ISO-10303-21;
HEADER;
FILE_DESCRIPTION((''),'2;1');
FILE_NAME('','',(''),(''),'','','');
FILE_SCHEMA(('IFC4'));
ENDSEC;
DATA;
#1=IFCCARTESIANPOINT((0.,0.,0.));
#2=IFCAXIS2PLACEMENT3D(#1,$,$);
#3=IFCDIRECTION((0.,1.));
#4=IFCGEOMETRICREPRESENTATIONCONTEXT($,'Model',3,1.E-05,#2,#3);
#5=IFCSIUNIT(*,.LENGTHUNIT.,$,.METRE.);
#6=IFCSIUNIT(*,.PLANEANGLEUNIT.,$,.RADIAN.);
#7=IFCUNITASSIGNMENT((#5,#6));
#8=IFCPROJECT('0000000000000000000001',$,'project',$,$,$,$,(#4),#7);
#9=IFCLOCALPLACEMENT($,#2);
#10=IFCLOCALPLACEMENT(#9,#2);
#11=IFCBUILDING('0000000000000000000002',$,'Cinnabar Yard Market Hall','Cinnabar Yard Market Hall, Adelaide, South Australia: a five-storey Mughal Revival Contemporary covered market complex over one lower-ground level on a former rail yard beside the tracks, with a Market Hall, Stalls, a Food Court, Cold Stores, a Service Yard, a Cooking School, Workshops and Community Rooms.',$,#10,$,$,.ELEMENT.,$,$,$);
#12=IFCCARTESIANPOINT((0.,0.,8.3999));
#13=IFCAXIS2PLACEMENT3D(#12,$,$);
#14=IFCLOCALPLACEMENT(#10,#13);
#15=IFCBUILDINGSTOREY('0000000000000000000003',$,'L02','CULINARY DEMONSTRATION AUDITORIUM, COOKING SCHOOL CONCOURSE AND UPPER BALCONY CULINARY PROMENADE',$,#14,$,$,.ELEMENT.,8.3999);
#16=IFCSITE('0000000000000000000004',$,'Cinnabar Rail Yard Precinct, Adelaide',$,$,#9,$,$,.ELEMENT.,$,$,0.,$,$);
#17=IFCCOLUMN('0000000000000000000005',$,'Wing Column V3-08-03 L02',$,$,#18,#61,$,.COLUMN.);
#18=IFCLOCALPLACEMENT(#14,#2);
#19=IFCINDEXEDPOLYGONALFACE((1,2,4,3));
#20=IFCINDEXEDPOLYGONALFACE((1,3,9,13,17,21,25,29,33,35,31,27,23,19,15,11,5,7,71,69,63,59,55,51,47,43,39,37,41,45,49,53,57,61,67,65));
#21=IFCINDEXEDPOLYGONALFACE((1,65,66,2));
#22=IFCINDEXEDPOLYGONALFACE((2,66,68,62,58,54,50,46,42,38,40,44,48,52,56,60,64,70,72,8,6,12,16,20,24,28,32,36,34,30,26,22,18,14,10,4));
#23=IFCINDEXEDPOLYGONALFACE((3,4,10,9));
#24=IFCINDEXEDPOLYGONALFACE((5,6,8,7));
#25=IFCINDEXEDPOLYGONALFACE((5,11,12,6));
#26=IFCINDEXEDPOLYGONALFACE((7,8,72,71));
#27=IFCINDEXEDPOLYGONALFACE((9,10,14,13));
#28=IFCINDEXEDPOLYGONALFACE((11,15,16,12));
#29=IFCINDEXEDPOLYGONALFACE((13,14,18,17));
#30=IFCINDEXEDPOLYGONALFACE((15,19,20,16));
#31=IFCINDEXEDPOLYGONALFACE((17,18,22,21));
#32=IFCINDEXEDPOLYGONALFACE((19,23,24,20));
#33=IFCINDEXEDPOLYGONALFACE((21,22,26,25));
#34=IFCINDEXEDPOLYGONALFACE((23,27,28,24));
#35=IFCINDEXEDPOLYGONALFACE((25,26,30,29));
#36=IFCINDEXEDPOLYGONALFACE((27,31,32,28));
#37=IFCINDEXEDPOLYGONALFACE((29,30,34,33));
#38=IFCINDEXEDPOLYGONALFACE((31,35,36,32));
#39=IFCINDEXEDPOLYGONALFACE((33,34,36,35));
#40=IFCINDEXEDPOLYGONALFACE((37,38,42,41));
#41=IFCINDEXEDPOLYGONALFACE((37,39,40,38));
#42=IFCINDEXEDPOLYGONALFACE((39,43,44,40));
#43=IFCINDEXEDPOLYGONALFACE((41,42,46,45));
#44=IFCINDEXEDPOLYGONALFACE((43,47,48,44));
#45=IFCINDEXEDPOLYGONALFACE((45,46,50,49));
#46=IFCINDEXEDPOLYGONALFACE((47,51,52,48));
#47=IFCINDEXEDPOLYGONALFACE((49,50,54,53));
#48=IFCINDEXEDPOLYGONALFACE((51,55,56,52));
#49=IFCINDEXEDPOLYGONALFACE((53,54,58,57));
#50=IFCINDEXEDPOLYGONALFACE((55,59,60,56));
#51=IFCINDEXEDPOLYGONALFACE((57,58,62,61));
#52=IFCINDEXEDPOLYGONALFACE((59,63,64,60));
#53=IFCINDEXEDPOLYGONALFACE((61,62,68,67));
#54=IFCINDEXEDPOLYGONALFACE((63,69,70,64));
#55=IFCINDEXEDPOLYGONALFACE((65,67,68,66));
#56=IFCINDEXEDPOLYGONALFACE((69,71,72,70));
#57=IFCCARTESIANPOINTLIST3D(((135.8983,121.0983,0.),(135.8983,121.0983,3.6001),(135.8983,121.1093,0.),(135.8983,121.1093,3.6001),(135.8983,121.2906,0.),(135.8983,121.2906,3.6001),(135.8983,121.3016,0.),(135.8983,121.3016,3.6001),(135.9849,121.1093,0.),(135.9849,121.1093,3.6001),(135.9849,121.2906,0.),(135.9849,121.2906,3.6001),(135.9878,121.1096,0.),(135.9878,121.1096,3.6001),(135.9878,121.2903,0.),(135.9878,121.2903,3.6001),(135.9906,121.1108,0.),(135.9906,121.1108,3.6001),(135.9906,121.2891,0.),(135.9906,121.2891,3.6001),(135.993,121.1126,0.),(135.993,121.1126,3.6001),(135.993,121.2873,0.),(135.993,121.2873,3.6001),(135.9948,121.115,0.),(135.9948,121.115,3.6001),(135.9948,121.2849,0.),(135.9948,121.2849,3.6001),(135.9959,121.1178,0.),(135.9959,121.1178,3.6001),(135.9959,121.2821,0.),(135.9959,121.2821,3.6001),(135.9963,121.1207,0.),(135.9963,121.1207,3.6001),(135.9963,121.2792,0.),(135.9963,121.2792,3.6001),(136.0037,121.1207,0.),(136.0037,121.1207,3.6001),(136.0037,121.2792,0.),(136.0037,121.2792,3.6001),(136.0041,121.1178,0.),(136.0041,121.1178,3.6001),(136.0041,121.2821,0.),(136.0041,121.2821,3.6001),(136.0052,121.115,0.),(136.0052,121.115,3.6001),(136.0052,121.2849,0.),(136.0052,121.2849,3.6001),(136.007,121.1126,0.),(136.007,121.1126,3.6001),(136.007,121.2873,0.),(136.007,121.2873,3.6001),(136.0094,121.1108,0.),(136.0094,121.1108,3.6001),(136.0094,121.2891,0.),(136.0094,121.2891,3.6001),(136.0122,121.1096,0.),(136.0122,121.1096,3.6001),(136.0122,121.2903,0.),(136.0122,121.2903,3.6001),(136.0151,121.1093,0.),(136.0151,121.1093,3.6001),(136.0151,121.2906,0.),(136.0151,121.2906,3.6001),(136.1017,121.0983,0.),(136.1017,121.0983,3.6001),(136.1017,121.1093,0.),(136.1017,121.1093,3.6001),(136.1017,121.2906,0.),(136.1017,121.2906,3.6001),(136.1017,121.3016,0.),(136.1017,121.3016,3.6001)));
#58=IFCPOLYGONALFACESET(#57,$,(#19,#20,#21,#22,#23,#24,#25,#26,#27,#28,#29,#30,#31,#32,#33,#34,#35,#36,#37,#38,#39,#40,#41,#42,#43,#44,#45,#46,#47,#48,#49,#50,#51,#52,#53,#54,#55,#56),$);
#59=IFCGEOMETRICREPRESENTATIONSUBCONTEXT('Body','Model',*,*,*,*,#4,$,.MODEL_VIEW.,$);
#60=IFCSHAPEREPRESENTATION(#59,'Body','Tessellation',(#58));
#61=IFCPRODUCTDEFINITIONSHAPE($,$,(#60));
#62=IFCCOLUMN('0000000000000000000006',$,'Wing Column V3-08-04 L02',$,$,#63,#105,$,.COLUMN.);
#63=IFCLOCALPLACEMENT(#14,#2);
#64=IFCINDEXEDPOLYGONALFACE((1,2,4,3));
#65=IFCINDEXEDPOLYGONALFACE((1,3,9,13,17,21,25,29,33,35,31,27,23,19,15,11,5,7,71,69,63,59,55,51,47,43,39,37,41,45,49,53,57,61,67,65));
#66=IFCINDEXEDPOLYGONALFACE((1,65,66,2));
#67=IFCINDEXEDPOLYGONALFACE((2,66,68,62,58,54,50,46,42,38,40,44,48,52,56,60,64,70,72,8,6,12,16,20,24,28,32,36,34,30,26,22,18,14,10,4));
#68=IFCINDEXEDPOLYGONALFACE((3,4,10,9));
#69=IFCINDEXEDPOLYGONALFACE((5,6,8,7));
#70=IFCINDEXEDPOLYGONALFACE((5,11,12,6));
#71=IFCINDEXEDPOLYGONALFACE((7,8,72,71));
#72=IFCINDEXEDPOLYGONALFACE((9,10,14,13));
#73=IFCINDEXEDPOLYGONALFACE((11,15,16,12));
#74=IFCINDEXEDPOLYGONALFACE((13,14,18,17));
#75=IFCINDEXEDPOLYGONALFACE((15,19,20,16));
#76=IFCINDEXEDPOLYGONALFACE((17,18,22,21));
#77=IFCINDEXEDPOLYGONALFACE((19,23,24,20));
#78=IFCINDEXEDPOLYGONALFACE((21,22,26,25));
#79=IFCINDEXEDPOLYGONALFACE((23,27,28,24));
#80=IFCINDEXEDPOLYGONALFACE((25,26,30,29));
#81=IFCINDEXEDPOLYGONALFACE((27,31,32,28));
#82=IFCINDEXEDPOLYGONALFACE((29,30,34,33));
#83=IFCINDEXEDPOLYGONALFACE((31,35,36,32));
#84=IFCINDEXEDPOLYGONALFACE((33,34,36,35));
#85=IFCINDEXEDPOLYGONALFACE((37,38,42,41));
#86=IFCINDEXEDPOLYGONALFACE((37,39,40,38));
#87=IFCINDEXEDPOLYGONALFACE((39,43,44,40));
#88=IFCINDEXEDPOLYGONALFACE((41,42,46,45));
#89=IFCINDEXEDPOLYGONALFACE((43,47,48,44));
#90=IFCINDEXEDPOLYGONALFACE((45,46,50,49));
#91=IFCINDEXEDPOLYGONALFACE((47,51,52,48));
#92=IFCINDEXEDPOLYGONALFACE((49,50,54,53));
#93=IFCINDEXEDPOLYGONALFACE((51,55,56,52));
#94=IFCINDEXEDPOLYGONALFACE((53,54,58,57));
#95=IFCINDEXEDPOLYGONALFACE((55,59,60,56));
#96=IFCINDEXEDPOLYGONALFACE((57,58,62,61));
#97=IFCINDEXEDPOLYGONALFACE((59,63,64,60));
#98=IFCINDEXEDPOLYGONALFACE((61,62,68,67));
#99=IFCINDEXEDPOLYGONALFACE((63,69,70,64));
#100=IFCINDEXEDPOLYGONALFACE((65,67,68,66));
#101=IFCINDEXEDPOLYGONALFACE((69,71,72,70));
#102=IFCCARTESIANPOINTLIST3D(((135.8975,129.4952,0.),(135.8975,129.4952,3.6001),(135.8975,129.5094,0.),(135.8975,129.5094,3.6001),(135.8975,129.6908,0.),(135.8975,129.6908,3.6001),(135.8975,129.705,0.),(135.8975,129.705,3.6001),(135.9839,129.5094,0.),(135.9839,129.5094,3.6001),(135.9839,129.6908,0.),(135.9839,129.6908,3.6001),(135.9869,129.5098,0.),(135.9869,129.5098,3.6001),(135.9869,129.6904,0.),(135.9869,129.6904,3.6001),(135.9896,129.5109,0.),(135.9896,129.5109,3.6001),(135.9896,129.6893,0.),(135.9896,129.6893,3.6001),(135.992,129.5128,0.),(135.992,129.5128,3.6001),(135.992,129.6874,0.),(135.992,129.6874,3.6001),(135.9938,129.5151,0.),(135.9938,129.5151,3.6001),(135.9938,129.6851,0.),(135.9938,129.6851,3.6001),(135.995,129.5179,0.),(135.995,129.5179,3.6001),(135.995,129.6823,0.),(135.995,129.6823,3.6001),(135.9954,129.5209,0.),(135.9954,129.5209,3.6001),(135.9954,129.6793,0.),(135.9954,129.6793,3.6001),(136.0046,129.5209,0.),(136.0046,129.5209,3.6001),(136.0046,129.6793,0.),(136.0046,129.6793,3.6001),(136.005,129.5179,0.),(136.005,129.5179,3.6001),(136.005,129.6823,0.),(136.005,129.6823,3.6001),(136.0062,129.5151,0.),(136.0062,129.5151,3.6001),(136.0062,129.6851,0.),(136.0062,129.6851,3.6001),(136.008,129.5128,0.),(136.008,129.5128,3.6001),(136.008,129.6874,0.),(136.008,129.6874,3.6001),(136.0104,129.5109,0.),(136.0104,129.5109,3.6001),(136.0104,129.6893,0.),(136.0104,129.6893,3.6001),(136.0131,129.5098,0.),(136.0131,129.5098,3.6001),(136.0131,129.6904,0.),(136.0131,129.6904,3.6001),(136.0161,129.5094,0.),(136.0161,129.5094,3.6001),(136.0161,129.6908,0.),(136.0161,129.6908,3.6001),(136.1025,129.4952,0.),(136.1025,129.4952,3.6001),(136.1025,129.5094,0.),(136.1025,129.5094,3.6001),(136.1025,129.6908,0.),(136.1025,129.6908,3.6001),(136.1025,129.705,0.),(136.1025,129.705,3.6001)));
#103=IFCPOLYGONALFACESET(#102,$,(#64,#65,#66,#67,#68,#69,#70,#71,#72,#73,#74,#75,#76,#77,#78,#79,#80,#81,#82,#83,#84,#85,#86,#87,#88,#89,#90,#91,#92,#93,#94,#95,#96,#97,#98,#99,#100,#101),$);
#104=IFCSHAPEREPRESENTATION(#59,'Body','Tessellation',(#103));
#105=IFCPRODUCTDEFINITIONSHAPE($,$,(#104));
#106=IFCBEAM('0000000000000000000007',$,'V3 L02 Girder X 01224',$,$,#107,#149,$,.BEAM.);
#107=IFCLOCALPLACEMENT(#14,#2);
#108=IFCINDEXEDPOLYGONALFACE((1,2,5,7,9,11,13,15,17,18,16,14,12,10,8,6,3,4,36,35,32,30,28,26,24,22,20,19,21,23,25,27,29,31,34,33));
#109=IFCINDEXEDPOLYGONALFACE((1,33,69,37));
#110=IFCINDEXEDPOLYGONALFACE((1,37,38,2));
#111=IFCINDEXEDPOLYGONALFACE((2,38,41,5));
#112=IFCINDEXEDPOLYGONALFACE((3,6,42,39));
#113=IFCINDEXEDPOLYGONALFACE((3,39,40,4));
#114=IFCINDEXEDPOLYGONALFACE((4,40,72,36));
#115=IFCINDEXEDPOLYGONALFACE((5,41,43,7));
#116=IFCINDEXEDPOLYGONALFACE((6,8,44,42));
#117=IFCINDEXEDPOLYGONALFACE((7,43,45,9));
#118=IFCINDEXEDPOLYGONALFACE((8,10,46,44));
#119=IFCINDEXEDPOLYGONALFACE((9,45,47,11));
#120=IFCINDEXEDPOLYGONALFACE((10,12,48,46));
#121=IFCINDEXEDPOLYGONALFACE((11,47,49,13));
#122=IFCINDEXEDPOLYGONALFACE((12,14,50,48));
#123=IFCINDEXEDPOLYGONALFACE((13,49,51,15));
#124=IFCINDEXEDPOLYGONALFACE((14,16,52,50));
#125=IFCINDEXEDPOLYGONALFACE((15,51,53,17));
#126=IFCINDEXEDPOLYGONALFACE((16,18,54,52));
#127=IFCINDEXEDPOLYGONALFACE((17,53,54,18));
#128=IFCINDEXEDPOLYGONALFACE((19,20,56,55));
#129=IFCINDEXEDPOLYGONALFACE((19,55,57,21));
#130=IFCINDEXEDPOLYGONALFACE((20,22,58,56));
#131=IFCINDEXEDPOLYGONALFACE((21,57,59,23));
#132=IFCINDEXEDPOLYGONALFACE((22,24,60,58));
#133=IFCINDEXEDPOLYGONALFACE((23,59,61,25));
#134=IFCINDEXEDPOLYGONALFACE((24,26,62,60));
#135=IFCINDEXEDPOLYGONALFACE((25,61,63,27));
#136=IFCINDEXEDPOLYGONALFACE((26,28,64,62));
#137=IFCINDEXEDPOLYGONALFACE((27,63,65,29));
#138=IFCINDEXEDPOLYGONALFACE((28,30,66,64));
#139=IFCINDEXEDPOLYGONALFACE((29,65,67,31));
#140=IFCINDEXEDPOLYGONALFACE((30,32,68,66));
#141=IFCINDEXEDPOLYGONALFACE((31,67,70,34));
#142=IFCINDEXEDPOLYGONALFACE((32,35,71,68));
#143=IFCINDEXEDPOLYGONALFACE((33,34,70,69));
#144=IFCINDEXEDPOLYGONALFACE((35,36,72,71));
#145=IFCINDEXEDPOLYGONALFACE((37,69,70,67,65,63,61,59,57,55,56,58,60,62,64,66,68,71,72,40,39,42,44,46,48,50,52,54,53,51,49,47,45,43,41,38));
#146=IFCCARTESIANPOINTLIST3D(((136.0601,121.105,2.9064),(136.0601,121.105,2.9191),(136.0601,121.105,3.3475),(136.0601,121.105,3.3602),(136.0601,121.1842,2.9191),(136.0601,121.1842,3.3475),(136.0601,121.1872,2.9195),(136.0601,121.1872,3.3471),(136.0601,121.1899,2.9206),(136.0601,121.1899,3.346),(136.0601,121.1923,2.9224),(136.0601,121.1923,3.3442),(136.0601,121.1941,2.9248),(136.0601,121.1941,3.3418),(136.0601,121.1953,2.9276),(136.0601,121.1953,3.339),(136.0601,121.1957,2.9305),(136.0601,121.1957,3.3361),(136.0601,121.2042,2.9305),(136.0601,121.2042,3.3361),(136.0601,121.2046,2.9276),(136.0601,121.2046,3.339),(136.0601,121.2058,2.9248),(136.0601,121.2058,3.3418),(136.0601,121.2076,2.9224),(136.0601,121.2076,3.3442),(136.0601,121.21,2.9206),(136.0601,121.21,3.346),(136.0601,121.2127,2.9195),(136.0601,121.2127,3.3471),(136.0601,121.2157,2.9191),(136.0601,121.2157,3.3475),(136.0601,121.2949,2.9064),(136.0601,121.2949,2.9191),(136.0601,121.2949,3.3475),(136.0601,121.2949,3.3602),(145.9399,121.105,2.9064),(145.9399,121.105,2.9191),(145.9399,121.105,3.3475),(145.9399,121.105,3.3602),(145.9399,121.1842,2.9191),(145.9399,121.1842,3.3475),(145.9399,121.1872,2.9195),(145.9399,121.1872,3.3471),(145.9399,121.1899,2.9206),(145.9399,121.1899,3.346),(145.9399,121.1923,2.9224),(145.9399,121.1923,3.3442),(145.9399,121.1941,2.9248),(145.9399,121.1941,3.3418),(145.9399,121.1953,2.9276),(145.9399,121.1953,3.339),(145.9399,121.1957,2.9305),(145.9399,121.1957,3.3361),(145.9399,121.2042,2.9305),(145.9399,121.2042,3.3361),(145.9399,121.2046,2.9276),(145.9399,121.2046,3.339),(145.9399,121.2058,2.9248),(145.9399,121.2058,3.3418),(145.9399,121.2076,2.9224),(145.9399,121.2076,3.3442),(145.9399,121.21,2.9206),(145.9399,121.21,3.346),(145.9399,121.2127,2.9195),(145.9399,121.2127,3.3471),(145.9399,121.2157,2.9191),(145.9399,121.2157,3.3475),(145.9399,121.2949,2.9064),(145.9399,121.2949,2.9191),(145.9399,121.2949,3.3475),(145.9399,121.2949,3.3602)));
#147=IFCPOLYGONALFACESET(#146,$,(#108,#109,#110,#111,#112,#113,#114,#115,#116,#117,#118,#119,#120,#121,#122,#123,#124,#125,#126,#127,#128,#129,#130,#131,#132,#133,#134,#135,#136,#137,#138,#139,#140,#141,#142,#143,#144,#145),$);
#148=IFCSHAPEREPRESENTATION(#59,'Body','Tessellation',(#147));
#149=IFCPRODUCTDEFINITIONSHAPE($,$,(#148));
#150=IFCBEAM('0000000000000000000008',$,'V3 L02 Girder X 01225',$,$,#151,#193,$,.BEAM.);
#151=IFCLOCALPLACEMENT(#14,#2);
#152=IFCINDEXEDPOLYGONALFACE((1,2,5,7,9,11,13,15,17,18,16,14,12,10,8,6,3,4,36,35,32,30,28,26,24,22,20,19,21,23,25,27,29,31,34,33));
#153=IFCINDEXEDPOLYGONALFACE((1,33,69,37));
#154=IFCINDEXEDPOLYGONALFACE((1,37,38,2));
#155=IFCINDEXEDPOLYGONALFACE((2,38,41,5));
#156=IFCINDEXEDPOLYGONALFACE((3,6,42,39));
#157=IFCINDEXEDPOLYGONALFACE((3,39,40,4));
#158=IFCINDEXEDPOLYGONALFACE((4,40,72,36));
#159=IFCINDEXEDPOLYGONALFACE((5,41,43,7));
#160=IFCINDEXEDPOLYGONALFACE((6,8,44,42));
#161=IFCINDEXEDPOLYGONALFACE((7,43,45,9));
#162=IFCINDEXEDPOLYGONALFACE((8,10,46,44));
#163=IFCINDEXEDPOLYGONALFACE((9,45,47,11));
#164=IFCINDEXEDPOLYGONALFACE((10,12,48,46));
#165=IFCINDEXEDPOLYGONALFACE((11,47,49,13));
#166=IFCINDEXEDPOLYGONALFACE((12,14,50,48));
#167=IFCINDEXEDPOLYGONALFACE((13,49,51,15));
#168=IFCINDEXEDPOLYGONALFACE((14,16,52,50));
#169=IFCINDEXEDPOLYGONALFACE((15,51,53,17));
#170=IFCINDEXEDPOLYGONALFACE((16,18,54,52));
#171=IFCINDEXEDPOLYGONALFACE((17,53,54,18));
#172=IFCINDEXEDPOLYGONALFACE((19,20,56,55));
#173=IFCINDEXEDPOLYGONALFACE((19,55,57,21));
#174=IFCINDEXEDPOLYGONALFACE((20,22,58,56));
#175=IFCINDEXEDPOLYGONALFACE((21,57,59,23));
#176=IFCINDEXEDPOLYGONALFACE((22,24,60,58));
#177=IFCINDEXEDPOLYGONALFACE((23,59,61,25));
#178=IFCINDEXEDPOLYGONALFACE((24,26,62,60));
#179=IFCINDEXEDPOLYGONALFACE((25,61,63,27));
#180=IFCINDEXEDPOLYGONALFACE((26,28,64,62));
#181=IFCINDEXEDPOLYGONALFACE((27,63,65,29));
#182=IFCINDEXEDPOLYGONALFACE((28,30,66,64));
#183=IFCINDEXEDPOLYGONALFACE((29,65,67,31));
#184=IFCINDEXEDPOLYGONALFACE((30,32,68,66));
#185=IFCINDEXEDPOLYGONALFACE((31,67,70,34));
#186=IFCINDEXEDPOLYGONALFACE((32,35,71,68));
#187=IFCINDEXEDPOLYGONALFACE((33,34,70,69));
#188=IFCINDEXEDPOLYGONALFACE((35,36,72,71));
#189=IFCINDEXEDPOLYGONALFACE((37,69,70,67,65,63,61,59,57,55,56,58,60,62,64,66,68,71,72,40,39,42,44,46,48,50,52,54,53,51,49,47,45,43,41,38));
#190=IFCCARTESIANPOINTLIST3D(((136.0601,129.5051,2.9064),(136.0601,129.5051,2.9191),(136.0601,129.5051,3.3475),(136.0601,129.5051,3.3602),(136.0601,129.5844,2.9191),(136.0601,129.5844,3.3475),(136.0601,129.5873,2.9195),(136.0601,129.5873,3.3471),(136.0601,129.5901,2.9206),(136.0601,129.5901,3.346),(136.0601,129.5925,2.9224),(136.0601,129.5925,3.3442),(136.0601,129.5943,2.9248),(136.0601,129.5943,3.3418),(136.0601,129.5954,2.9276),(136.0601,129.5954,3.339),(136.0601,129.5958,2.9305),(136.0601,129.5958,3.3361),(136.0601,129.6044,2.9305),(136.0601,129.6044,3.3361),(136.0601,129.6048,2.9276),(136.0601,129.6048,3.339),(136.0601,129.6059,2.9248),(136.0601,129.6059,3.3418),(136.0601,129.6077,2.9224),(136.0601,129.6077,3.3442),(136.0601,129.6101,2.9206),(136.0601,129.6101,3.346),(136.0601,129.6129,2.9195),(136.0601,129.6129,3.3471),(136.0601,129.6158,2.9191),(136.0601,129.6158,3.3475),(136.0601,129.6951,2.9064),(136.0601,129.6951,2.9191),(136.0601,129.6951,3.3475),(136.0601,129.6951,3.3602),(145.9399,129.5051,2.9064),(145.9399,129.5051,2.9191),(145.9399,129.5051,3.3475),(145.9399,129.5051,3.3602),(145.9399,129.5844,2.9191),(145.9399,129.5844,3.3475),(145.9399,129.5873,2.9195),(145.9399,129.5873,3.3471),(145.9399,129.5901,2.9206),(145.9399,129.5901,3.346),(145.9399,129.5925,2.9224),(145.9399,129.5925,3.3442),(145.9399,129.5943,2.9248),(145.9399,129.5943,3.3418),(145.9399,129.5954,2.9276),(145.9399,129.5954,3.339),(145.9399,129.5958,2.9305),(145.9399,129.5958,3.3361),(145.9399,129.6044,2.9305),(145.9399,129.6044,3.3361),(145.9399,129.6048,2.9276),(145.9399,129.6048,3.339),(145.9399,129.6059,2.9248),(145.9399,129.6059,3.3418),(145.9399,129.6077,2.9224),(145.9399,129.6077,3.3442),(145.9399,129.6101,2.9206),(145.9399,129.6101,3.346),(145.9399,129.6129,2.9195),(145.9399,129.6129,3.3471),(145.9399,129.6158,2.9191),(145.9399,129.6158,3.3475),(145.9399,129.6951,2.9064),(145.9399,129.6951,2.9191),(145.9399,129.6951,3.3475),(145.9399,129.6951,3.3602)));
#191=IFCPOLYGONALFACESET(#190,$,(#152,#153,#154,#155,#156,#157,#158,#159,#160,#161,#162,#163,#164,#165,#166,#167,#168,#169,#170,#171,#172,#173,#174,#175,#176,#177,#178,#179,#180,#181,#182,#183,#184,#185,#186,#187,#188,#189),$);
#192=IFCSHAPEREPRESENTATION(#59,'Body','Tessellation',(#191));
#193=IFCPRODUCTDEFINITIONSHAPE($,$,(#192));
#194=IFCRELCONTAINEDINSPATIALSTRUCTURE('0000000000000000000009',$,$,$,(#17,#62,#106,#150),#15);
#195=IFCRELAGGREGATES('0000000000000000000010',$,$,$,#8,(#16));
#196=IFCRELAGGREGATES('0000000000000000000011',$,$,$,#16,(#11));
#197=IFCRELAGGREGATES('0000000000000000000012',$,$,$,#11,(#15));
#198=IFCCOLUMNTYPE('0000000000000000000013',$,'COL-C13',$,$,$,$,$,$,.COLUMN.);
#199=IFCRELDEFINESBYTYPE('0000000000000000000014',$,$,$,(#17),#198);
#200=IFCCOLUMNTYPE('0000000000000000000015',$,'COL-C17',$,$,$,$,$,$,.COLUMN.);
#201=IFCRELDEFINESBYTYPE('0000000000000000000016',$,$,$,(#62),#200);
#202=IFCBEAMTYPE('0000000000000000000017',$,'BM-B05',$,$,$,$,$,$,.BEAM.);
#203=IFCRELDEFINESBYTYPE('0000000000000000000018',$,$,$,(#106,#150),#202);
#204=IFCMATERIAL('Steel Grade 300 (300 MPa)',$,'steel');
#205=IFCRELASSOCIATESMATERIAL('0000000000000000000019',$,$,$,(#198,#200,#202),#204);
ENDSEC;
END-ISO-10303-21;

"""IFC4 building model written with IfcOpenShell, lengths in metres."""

from ifc_helpers import new_model, si_unit, direction, frame, origin, origin_2d_with_axis, place, context, subcontext, project, spatial, i_section, extrude, material, material_profile, profile_set, type_object, element, save


model = new_model("IFC4")

# Units and contexts
model_context = context("Model", 3, precision=1e-05, world=origin(), true_north=direction((0.0, 1.0)))
body_context = subcontext(model_context, "Body", "Model", "MODEL_VIEW")
ifc_project = project(units=[si_unit("LENGTHUNIT", "METRE"), si_unit("PLANEANGLEUNIT", "RADIAN")], contexts=[model_context])

# Site, building, storey
site_placement = place(None, origin())
site = spatial("IfcSite", under=ifc_project, at=site_placement, Name="Cinnabar Rail Yard Precinct, Adelaide", CompositionType="ELEMENT", RefElevation=0.0)
building_placement = place(site_placement, origin())
building = spatial("IfcBuilding", under=site, at=building_placement, Name="Cinnabar Yard Market Hall", Description="Cinnabar Yard Market Hall, Adelaide, South Australia: a five-storey Mughal Revival Contemporary covered market complex over one lower-ground level on a former rail yard beside the tracks, with a Market Hall, Stalls, a Food Court, Cold Stores, a Service Yard, a Cooking School, Workshops and Community Rooms.", CompositionType="ELEMENT")
storey_placement = place(building_placement, frame((0.0, 0.0, 8.3999)))
storey = spatial("IfcBuildingStorey", under=building, at=storey_placement, Name="L02", Description="CULINARY DEMONSTRATION AUDITORIUM, COOKING SCHOOL CONCOURSE AND UPPER BALCONY CULINARY PROMENADE", CompositionType="ELEMENT", Elevation=8.3999)

# Columns
ifc_material_1 = material(Name="Steel Grade 300 (300 MPa)", Category="steel")
ifc_material_profile_1 = material_profile(ifc_material_1, i_section(OverallWidth=0.2034, OverallDepth=0.2034, WebThickness=0.0073, FlangeThickness=0.011, FilletRadius=0.0115, at=origin_2d_with_axis()), Name="200UC46.2")
ifc_profile_set_1 = profile_set([ifc_material_profile_1], Name="Steel Grade 300 (300 MPa)")
column_type_1 = type_object("IfcColumnType", Name="COL-C13", PredefinedType="COLUMN", material=ifc_profile_set_1)
column_1_placement = place(storey_placement, frame((136.0, 121.2, 0.0), z_axis=(0.0, 0.0, 1.0), x_axis=(1.0, 0.0, 0.0)))
element("IfcColumn", 1, at=column_1_placement, inside=storey, type_object=column_type_1, Name="Wing Column V3-08-03 L02", PredefinedType="COLUMN", context=body_context, shape_type="SweptSolid", body=[
    extrude(i_section(OverallWidth=0.2034, OverallDepth=0.2034, WebThickness=0.0073, FlangeThickness=0.011, FilletRadius=0.0115, at=origin_2d_with_axis()), origin(), (0.0, 0.0, 1.0), 3.6001),
])
ifc_material_profile_2 = material_profile(ifc_material_1, i_section(OverallWidth=0.2051, OverallDepth=0.2097, WebThickness=0.0093, FlangeThickness=0.0142, FilletRadius=0.0115, at=origin_2d_with_axis()), Name="200UC59.5")
ifc_profile_set_2 = profile_set([ifc_material_profile_2], Name="Steel Grade 300 (300 MPa)")
column_type_2 = type_object("IfcColumnType", Name="COL-C17", PredefinedType="COLUMN", material=ifc_profile_set_2)
column_2_placement = place(storey_placement, frame((136.0, 129.6001, 0.0), z_axis=(0.0, 0.0, 1.0), x_axis=(1.0, 0.0, 0.0)))
element("IfcColumn", 2, at=column_2_placement, inside=storey, type_object=column_type_2, Name="Wing Column V3-08-04 L02", PredefinedType="COLUMN", context=body_context, shape_type="SweptSolid", body=[
    extrude(i_section(OverallWidth=0.2051, OverallDepth=0.2097, WebThickness=0.0093, FlangeThickness=0.0142, FilletRadius=0.0115, at=origin_2d_with_axis()), origin(), (0.0, 0.0, 1.0), 3.6001),
])

# Beams
ifc_material_profile_3 = material_profile(ifc_material_1, i_section(OverallWidth=0.1899, OverallDepth=0.4539, WebThickness=0.0085, FlangeThickness=0.0127, FilletRadius=0.0115, at=origin_2d_with_axis()), Name="460UB67.1")
ifc_profile_set_3 = profile_set([ifc_material_profile_3], Name="Steel Grade 300 (300 MPa)")
beam_type_1 = type_object("IfcBeamType", Name="BM-B05", PredefinedType="BEAM", material=ifc_profile_set_3)
for number, where, z_axis, x_axis, name in (
    (3, (136.0601, 121.2, 3.1333), (1.0, 0.0, 0.0), (0.0, 1.0, 0.0), "V3 L02 Girder X 01224"),
    (4, (136.0601, 129.6001, 3.1333), (1.0, 0.0, 0.0), (0.0, 1.0, 0.0), "V3 L02 Girder X 01225"),
):
    element("IfcBeam", number, at=place(storey_placement, frame(where, z_axis=z_axis, x_axis=x_axis)), inside=storey, type_object=beam_type_1, Name=name, PredefinedType="BEAM", context=body_context, shape_type="SweptSolid", body=[
        extrude(i_section(OverallWidth=0.1899, OverallDepth=0.4539, WebThickness=0.0085, FlangeThickness=0.0127, FilletRadius=0.0115, at=origin_2d_with_axis()), origin(), (0.0, 0.0, 1.0), 9.8799),
    ])

save(model, "model.ifc")
